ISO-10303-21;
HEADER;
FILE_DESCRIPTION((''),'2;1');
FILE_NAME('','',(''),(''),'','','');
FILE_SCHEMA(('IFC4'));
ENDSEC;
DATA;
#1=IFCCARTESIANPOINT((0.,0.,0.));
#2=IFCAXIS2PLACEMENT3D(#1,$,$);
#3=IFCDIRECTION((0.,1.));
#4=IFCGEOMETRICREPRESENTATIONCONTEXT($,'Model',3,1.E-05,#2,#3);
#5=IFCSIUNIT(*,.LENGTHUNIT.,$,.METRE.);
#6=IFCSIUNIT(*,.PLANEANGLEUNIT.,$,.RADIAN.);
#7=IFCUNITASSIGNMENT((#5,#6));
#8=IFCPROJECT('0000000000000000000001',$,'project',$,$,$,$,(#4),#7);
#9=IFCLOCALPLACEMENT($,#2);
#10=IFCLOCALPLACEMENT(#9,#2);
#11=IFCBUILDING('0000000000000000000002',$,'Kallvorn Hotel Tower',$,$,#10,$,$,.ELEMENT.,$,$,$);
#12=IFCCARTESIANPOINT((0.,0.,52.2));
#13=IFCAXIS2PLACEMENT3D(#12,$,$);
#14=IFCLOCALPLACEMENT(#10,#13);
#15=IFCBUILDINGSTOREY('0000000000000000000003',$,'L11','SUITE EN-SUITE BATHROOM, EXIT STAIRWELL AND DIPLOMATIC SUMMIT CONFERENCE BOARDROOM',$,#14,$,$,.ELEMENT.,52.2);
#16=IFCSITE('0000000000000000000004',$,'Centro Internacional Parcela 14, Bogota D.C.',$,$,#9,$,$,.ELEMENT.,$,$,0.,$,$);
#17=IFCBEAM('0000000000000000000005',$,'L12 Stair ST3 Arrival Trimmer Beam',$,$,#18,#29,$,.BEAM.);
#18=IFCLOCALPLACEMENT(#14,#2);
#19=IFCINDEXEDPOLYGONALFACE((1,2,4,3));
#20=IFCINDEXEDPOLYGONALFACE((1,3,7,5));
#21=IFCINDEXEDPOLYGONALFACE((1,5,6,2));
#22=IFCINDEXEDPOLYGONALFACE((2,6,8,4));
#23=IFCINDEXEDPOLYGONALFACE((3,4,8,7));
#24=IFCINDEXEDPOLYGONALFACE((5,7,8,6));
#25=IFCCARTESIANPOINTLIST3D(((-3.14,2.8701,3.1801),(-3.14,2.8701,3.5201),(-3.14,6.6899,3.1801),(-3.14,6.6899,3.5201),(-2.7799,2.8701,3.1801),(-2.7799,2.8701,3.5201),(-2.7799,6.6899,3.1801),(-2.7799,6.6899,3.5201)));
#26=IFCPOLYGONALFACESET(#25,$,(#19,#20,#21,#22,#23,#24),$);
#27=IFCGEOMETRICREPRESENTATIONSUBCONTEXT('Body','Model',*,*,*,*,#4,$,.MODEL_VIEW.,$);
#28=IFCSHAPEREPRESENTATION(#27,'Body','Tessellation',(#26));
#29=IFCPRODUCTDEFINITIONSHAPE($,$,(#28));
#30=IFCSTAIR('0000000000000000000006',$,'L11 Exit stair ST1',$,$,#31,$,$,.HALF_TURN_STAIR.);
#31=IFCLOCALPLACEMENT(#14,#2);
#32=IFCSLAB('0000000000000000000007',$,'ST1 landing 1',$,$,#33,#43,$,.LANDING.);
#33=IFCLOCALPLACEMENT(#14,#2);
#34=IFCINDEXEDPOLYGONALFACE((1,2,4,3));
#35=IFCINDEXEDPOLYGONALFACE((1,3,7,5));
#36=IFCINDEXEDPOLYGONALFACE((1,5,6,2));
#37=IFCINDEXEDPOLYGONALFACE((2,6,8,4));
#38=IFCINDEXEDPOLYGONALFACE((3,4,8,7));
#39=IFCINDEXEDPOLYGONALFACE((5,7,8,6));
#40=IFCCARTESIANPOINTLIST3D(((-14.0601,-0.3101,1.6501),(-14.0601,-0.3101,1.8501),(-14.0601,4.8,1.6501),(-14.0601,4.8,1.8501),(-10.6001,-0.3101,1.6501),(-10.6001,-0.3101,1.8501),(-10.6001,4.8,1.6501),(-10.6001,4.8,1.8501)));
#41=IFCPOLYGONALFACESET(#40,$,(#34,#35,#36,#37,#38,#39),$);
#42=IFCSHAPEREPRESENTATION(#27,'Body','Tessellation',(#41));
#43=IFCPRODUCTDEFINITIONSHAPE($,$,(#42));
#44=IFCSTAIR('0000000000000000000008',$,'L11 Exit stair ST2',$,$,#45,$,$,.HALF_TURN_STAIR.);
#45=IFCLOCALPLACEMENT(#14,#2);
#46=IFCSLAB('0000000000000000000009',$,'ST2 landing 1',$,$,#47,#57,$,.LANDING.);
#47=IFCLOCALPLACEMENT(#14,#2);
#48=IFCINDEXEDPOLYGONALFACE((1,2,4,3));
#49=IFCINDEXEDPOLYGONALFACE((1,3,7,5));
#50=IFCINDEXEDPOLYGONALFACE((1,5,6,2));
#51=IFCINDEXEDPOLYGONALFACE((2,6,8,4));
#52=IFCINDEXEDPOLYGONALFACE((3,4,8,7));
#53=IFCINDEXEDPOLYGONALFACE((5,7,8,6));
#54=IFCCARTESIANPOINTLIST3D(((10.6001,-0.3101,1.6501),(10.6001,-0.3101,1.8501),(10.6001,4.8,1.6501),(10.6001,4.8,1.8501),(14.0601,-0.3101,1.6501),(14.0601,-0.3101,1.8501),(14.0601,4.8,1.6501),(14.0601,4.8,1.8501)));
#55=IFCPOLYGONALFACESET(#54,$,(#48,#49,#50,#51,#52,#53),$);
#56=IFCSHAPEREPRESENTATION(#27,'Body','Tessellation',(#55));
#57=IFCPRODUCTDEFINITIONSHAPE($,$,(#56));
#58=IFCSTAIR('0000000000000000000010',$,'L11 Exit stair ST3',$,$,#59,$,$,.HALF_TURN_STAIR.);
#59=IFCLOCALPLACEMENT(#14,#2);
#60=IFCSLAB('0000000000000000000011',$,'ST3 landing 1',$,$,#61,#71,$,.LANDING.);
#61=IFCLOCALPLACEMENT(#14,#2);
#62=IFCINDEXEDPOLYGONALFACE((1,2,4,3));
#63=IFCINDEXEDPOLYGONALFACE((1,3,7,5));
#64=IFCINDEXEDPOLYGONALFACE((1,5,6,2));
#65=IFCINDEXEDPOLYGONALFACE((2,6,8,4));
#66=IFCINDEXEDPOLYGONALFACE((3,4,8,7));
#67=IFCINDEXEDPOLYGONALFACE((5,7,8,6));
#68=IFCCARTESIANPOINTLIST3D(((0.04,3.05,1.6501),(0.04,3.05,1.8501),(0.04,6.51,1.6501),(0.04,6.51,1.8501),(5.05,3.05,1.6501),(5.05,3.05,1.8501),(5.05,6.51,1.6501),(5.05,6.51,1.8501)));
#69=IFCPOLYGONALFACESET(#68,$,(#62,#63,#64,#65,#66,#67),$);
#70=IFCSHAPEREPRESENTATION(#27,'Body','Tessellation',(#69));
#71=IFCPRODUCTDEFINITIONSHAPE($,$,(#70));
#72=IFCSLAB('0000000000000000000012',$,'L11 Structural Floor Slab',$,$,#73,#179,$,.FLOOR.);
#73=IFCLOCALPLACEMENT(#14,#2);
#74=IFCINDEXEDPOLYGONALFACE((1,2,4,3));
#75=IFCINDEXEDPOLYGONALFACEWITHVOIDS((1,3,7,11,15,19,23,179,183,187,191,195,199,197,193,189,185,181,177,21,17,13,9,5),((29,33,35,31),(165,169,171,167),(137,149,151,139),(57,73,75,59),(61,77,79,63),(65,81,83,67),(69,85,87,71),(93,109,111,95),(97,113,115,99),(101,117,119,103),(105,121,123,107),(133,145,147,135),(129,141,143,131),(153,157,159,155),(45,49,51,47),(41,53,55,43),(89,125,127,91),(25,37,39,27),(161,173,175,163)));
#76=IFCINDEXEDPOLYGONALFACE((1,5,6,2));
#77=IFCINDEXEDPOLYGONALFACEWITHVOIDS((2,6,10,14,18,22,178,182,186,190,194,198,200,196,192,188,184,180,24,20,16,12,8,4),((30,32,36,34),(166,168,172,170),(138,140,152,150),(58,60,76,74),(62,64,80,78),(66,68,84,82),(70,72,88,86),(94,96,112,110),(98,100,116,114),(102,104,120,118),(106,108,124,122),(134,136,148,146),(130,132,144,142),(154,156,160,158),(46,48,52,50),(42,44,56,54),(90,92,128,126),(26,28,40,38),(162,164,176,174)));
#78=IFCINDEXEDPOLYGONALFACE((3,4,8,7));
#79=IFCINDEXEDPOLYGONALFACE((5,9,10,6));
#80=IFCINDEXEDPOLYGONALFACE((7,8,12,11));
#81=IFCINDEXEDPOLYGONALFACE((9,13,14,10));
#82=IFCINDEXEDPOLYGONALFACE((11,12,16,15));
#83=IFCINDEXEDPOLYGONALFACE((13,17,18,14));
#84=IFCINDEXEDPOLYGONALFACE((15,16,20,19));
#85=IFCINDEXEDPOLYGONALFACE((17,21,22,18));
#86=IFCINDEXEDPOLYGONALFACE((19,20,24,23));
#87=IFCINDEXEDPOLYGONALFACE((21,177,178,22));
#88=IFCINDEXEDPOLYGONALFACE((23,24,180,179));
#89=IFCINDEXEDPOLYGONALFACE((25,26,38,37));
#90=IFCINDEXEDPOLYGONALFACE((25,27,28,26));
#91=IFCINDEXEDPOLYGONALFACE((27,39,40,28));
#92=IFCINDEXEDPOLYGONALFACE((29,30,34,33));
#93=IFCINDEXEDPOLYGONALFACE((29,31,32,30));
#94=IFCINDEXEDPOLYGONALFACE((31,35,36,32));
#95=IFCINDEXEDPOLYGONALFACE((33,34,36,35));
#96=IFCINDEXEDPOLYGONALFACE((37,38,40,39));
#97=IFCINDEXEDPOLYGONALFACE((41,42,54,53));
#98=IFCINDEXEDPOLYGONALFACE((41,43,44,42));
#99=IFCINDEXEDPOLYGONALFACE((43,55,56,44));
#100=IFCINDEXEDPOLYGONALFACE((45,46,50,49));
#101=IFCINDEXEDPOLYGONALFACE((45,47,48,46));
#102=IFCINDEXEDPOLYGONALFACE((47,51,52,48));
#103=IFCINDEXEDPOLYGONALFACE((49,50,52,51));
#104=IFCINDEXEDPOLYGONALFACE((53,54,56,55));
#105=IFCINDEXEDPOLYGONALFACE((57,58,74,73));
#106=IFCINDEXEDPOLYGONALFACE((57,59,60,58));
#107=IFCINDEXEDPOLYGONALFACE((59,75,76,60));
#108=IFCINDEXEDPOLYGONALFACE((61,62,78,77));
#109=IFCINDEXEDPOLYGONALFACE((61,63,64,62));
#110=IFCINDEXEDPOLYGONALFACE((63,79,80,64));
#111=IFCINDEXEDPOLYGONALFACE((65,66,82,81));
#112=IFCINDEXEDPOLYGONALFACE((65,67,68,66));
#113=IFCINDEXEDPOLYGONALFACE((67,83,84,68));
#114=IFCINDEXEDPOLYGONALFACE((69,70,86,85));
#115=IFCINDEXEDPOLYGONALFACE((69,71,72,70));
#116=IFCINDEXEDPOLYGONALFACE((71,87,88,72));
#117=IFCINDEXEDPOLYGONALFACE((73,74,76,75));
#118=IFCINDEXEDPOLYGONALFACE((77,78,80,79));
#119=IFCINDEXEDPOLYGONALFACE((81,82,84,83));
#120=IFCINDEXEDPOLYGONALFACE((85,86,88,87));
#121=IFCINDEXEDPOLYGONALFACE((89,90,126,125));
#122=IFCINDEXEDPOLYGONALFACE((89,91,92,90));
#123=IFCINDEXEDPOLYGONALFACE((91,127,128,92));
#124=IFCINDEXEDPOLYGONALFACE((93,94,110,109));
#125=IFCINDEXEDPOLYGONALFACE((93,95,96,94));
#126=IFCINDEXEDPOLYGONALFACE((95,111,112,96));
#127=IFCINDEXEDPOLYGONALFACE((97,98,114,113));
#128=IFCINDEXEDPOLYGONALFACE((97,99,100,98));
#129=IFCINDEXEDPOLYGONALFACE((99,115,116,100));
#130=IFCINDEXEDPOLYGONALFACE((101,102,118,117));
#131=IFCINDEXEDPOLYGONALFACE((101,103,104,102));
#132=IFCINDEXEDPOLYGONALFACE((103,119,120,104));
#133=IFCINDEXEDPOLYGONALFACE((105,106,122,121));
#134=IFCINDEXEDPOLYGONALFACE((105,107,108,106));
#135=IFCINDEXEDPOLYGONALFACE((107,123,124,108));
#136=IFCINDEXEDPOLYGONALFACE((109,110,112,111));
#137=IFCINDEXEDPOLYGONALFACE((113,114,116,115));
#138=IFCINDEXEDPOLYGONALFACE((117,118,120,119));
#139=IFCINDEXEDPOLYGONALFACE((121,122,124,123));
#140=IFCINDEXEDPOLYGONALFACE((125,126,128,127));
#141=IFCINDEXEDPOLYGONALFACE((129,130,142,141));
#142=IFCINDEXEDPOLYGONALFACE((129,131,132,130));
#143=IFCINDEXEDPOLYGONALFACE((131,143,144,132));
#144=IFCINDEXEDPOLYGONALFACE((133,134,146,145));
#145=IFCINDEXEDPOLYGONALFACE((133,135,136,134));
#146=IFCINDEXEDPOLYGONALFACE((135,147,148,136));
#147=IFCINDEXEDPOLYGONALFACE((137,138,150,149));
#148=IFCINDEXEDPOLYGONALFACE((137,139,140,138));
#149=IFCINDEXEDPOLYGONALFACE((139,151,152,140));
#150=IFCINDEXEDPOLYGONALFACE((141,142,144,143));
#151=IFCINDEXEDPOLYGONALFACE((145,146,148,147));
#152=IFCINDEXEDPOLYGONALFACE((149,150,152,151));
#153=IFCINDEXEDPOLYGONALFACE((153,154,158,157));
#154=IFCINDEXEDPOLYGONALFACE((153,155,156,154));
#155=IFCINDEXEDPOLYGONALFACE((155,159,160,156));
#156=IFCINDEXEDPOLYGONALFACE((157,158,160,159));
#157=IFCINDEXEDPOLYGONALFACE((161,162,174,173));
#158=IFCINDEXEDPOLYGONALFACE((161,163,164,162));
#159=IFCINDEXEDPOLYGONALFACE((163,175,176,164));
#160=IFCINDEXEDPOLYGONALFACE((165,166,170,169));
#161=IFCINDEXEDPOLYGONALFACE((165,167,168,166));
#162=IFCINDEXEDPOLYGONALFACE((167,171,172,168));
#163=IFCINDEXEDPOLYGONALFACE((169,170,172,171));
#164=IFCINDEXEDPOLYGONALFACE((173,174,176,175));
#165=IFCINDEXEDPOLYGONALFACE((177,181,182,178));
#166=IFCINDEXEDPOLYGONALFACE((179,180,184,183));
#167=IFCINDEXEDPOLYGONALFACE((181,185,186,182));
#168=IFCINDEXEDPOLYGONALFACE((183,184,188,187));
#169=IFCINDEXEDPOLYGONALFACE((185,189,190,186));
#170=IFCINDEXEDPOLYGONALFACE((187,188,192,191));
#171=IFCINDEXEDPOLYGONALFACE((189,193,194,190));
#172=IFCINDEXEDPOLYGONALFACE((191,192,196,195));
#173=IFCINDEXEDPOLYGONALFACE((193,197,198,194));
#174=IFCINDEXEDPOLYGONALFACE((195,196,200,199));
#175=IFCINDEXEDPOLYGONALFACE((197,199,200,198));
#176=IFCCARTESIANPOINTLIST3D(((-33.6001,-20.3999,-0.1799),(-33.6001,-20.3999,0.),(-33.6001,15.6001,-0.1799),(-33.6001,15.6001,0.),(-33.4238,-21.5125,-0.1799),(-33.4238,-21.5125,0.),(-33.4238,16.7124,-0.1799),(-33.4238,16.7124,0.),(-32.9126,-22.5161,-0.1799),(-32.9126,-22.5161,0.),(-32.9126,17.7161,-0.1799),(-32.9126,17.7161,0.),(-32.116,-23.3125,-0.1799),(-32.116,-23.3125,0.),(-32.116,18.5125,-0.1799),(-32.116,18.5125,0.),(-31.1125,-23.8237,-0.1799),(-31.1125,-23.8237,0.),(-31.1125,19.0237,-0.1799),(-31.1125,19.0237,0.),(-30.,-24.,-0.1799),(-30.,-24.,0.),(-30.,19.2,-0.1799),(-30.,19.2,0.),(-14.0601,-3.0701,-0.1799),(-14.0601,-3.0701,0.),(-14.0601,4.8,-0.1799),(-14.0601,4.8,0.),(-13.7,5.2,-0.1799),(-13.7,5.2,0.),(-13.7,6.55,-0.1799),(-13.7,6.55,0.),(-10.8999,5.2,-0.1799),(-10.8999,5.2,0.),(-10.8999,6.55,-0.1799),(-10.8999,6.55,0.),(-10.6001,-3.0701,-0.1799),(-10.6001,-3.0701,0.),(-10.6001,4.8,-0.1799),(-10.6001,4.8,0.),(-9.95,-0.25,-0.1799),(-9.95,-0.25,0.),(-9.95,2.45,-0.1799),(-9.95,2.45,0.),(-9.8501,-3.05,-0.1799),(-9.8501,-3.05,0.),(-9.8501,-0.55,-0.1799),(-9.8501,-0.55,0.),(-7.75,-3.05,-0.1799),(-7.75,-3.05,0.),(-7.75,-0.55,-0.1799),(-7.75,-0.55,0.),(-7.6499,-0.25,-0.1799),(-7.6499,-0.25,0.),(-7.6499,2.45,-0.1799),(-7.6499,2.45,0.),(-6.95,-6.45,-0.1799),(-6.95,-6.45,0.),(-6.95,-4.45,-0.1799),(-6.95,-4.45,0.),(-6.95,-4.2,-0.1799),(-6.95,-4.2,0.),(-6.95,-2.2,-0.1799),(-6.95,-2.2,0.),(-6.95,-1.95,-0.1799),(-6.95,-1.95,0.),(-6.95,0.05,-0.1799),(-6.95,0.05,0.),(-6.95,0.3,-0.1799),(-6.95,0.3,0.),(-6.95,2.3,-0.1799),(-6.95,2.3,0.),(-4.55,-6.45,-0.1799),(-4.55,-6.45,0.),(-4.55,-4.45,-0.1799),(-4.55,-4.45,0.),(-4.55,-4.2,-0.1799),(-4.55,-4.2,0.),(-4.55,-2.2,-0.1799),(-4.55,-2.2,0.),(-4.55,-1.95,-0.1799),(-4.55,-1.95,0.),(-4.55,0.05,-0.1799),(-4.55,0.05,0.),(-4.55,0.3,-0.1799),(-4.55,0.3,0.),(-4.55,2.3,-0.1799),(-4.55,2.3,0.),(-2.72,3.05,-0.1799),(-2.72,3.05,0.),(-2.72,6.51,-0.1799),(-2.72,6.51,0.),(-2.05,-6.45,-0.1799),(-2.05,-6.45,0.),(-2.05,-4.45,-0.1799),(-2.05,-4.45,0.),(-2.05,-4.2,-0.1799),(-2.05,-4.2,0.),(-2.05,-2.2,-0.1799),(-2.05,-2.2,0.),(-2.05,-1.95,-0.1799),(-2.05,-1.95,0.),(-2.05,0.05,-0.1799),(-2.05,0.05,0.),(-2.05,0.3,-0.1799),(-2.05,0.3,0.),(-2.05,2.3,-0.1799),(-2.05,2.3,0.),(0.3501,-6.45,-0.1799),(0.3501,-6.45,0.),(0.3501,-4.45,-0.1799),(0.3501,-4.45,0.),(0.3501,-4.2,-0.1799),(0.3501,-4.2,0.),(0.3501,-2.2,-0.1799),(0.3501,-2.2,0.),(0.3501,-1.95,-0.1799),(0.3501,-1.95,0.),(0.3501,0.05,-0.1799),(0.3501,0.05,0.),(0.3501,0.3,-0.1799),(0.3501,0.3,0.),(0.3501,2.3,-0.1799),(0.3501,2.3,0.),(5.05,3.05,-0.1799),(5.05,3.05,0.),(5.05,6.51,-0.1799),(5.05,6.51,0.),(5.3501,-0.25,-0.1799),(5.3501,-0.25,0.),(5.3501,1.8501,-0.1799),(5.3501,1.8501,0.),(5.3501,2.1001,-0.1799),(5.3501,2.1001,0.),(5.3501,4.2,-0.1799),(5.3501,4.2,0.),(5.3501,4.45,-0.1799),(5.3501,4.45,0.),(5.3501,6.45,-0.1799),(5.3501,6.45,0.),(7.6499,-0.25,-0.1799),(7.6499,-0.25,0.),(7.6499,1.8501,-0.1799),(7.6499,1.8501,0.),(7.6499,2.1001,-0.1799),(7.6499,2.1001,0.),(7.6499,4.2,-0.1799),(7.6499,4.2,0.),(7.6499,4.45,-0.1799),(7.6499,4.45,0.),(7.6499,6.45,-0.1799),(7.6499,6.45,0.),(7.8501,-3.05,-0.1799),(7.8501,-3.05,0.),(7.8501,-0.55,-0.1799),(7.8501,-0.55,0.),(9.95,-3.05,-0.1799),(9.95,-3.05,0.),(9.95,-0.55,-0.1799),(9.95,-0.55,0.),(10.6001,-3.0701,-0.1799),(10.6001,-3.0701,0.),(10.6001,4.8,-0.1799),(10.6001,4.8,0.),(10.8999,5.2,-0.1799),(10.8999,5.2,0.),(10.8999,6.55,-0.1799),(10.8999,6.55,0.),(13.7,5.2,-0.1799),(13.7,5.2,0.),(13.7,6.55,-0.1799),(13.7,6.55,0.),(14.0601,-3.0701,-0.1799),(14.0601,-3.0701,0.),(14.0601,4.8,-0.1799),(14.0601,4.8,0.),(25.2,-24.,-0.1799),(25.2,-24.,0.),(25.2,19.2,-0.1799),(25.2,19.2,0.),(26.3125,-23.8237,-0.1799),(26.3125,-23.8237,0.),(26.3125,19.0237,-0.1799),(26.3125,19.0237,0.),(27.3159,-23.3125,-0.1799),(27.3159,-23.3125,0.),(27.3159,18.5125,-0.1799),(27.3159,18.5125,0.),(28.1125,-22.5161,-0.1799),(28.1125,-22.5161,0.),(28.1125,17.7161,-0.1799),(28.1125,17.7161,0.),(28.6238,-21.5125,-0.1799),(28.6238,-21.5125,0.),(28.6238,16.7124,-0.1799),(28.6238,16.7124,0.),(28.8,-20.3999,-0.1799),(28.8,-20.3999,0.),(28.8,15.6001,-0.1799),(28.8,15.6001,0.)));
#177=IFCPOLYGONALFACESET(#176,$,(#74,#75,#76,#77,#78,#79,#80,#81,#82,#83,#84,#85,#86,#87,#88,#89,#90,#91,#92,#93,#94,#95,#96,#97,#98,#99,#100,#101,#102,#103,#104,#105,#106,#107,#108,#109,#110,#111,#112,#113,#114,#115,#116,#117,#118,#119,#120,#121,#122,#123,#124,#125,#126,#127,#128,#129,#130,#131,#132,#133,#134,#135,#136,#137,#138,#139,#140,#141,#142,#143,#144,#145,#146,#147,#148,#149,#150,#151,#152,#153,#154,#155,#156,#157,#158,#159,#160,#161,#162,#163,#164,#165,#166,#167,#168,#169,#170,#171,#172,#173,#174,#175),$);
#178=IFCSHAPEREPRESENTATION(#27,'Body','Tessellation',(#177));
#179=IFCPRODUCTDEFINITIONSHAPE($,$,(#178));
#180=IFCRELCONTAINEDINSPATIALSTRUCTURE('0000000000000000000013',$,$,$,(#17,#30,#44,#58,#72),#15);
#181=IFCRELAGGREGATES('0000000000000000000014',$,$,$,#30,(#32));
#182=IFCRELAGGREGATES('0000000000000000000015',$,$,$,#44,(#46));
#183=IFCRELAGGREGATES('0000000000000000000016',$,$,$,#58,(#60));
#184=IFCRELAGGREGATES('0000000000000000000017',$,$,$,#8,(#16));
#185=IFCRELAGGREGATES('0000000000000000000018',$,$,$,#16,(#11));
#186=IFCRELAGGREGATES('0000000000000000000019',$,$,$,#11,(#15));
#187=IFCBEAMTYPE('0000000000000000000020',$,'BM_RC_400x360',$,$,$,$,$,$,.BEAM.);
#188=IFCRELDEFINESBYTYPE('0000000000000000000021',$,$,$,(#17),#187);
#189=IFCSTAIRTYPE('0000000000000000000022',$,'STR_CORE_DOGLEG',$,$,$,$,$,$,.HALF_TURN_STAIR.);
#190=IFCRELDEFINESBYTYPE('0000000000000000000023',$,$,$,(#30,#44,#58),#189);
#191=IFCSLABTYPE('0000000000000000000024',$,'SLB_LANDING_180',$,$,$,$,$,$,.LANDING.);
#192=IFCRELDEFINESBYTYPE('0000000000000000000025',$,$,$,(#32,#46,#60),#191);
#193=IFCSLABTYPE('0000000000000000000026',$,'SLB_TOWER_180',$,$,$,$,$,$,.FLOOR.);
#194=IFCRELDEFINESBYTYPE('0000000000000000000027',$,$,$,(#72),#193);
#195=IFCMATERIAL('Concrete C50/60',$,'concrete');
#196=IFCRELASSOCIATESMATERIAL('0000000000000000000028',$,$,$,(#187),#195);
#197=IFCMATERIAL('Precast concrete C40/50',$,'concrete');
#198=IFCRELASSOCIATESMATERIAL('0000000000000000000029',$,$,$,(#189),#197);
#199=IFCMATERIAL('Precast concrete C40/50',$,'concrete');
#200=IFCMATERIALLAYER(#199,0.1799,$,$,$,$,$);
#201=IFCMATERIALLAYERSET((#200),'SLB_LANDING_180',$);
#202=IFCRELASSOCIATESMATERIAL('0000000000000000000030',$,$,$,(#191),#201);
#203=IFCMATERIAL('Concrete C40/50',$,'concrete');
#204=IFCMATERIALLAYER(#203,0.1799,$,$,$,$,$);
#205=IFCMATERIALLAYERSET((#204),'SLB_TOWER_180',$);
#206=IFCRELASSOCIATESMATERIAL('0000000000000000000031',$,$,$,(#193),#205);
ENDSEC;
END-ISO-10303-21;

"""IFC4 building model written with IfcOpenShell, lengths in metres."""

from ifc_helpers import new_model, si_unit, direction, frame, origin, origin_2d, place, context, subcontext, project, spatial, polyline, rectangle, outline, extrude, material, layer, layer_set, material_profile, profile_set, type_object, element, aggregate, save


model = new_model("IFC4")

# Units and contexts
model_context = context("Model", 3, precision=1e-05, world=origin(), true_north=direction((0.0, 1.0)))
body_context = subcontext(model_context, "Body", "Model", "MODEL_VIEW")
ifc_project = project(units=[si_unit("LENGTHUNIT", "METRE"), si_unit("PLANEANGLEUNIT", "RADIAN")], contexts=[model_context])

# Site, building, storey
site_placement = place(None, origin())
site = spatial("IfcSite", under=ifc_project, at=site_placement, Name="Centro Internacional Parcela 14, Bogota D.C.", CompositionType="ELEMENT", RefElevation=0.0)
building_placement = place(site_placement, origin())
building = spatial("IfcBuilding", under=site, at=building_placement, Name="Kallvorn Hotel Tower", CompositionType="ELEMENT")
storey_placement = place(building_placement, frame((0.0, 0.0, 52.2)))
storey = spatial("IfcBuildingStorey", under=building, at=storey_placement, Name="L11", Description="SUITE EN-SUITE BATHROOM, EXIT STAIRWELL AND DIPLOMATIC SUMMIT CONFERENCE BOARDROOM", CompositionType="ELEMENT", Elevation=52.2)

# Beam
ifc_material_1 = material(Name="Concrete C50/60", Category="concrete")
ifc_material_profile = material_profile(ifc_material_1, rectangle(XDim=0.3601, YDim=0.3401, at=origin_2d()), Name="RC 360x340")
ifc_profile_set = profile_set([ifc_material_profile], Name="Concrete C50/60")
beam_type = type_object("IfcBeamType", Name="BM_RC_400x360", PredefinedType="BEAM", material=ifc_profile_set)
beam_placement = place(storey_placement, frame((-2.96, 2.8701, 3.3501), z_axis=(0.0, 1.0, 0.0), x_axis=(-1.0, 0.0, 0.0)))
element("IfcBeam", 1, at=beam_placement, inside=storey, type_object=beam_type, Name="L12 Stair ST3 Arrival Trimmer Beam", PredefinedType="BEAM", context=body_context, shape_type="SweptSolid", body=[
    extrude(rectangle(XDim=0.3601, YDim=0.3401, at=origin_2d()), origin(), (0.0, 0.0, 1.0), 3.8198),
])

# Stairs, slabs
ifc_material_2 = material(Name="Precast concrete C40/50", Category="concrete")
stair_type = type_object("IfcStairType", Name="STR_CORE_DOGLEG", PredefinedType="HALF_TURN_STAIR", material=ifc_material_2)
stair_1_placement = place(storey_placement, origin())
stair_1 = element("IfcStair", 2, at=stair_1_placement, inside=storey, type_object=stair_type, Name="L11 Exit stair ST1", PredefinedType="HALF_TURN_STAIR")
ifc_material_3 = material(Name="Precast concrete C40/50", Category="concrete")
ifc_layer_1 = layer(ifc_material_3, 0.1799)
ifc_layer_set_1 = layer_set([ifc_layer_1], Name="SLB_LANDING_180")
slab_type_1 = type_object("IfcSlabType", Name="SLB_LANDING_180", PredefinedType="LANDING", material=ifc_layer_set_1)
slab_1_placement = place(storey_placement, frame((0.0, 0.0, 1.6501)))
slab_1 = element("IfcSlab", 3, at=slab_1_placement, type_object=slab_type_1, Name="ST1 landing 1", PredefinedType="LANDING", context=body_context, shape_type="SweptSolid", body=[
    extrude(outline(polyline([(-10.6001, -0.3101), (-10.6001, 4.8), (-14.0601, 4.8), (-14.0601, -0.3101), (-10.6001, -0.3101)])), origin(), (0.0, 0.0, 1.0), 0.2),
])
aggregate(stair_1, [slab_1])
stair_2_placement = place(storey_placement, origin())
stair_2 = element("IfcStair", 4, at=stair_2_placement, inside=storey, type_object=stair_type, Name="L11 Exit stair ST2", PredefinedType="HALF_TURN_STAIR")
slab_2_placement = place(storey_placement, frame((0.0, 0.0, 1.6501)))
slab_2 = element("IfcSlab", 5, at=slab_2_placement, type_object=slab_type_1, Name="ST2 landing 1", PredefinedType="LANDING", context=body_context, shape_type="SweptSolid", body=[
    extrude(outline(polyline([(14.0601, -0.3101), (14.0601, 4.8), (10.6001, 4.8), (10.6001, -0.3101), (14.0601, -0.3101)])), origin(), (0.0, 0.0, 1.0), 0.2),
])
stair_3_placement = place(storey_placement, origin())
stair_3 = element("IfcStair", 6, at=stair_3_placement, inside=storey, type_object=stair_type, Name="L11 Exit stair ST3", PredefinedType="HALF_TURN_STAIR")
slab_3_placement = place(storey_placement, frame((0.0, 0.0, 1.6501)))
slab_3 = element("IfcSlab", 7, at=slab_3_placement, type_object=slab_type_1, Name="ST3 landing 1", PredefinedType="LANDING", context=body_context, shape_type="SweptSolid", body=[
    extrude(outline(polyline([(0.04, 3.05), (5.05, 3.05), (5.05, 6.51), (0.04, 6.51), (0.04, 3.05)])), origin(), (0.0, 0.0, 1.0), 0.2),
])

# Slab
ifc_material_4 = material(Name="Concrete C40/50", Category="concrete")
ifc_layer_2 = layer(ifc_material_4, 0.1799)
ifc_layer_set_2 = layer_set([ifc_layer_2], Name="SLB_TOWER_180")
slab_type_2 = type_object("IfcSlabType", Name="SLB_TOWER_180", PredefinedType="FLOOR", material=ifc_layer_set_2)
slab_4_placement = place(storey_placement, frame((0.0, 0.0, -0.1799)))
element("IfcSlab", 8, at=slab_4_placement, inside=storey, type_object=slab_type_2, Name="L11 Structural Floor Slab", PredefinedType="FLOOR", context=body_context, shape_type="SweptSolid", body=[
    extrude(outline(polyline([(25.2, -24.0), (26.3125, -23.8237), (27.3159, -23.3125), (28.1125, -22.5161), (28.6238, -21.5125), (28.8, -20.3999), (28.8, 15.6001), (28.6238, 16.7124), (28.1125, 17.7161), (27.3159, 18.5125), (26.3125, 19.0237), (25.2, 19.2), (-30.0, 19.2), (-31.1125, 19.0237), (-32.116, 18.5125), (-32.9126, 17.7161), (-33.4238, 16.7124), (-33.6001, 15.6001), (-33.6001, -20.3999), (-33.4238, -21.5125), (-32.9126, -22.5161), (-32.116, -23.3125), (-31.1125, -23.8237), (-30.0, -24.0), (25.2, -24.0)]), holes=[polyline([(-10.6001, -3.0701), (-10.6001, 4.8), (-14.0601, 4.8), (-14.0601, -3.0701), (-10.6001, -3.0701)]), polyline([(14.0601, -3.0701), (14.0601, 4.8), (10.6001, 4.8), (10.6001, -3.0701), (14.0601, -3.0701)]), polyline([(-2.72, 3.05), (5.05, 3.05), (5.05, 6.51), (-2.72, 6.51), (-2.72, 3.05)]), polyline([(-6.95, -6.45), (-4.55, -6.45), (-4.55, -4.45), (-6.95, -4.45), (-6.95, -6.45)]), polyline([(-6.95, -4.2), (-4.55, -4.2), (-4.55, -2.2), (-6.95, -2.2), (-6.95, -4.2)]), polyline([(-6.95, -1.95), (-4.55, -1.95), (-4.55, 0.05), (-6.95, 0.05), (-6.95, -1.95)]), polyline([(-6.95, 0.3), (-4.55, 0.3), (-4.55, 2.3), (-6.95, 2.3), (-6.95, 0.3)]), polyline([(-2.05, -6.45), (0.3501, -6.45), (0.3501, -4.45), (-2.05, -4.45), (-2.05, -6.45)]), polyline([(-2.05, -4.2), (0.3501, -4.2), (0.3501, -2.2), (-2.05, -2.2), (-2.05, -4.2)]), polyline([(-2.05, -1.95), (0.3501, -1.95), (0.3501, 0.05), (-2.05, 0.05), (-2.05, -1.95)]), polyline([(-2.05, 0.3), (0.3501, 0.3), (0.3501, 2.3), (-2.05, 2.3), (-2.05, 0.3)]), polyline([(5.3501, -0.25), (7.6499, -0.25), (7.6499, 1.8501), (5.3501, 1.8501), (5.3501, -0.25)]), polyline([(5.3501, 2.1001), (7.6499, 2.1001), (7.6499, 4.2), (5.3501, 4.2), (5.3501, 2.1001)]), polyline([(5.3501, 4.45), (7.6499, 4.45), (7.6499, 6.45), (5.3501, 6.45), (5.3501, 4.45)]), polyline([(-9.8501, -3.05), (-7.75, -3.05), (-7.75, -0.55), (-9.8501, -0.55), (-9.8501, -3.05)]), polyline([(7.8501, -3.05), (9.95, -3.05), (9.95, -0.55), (7.8501, -0.55), (7.8501, -3.05)]), polyline([(-9.95, -0.25), (-7.6499, -0.25), (-7.6499, 2.45), (-9.95, 2.45), (-9.95, -0.25)]), polyline([(-13.7, 5.2), (-10.8999, 5.2), (-10.8999, 6.55), (-13.7, 6.55), (-13.7, 5.2)]), polyline([(10.8999, 5.2), (13.7, 5.2), (13.7, 6.55), (10.8999, 6.55), (10.8999, 5.2)])]), origin(), (0.0, 0.0, 1.0), 0.1799),
])

aggregate(stair_2, [slab_2])
aggregate(stair_3, [slab_3])

save(model, "model.ifc")
